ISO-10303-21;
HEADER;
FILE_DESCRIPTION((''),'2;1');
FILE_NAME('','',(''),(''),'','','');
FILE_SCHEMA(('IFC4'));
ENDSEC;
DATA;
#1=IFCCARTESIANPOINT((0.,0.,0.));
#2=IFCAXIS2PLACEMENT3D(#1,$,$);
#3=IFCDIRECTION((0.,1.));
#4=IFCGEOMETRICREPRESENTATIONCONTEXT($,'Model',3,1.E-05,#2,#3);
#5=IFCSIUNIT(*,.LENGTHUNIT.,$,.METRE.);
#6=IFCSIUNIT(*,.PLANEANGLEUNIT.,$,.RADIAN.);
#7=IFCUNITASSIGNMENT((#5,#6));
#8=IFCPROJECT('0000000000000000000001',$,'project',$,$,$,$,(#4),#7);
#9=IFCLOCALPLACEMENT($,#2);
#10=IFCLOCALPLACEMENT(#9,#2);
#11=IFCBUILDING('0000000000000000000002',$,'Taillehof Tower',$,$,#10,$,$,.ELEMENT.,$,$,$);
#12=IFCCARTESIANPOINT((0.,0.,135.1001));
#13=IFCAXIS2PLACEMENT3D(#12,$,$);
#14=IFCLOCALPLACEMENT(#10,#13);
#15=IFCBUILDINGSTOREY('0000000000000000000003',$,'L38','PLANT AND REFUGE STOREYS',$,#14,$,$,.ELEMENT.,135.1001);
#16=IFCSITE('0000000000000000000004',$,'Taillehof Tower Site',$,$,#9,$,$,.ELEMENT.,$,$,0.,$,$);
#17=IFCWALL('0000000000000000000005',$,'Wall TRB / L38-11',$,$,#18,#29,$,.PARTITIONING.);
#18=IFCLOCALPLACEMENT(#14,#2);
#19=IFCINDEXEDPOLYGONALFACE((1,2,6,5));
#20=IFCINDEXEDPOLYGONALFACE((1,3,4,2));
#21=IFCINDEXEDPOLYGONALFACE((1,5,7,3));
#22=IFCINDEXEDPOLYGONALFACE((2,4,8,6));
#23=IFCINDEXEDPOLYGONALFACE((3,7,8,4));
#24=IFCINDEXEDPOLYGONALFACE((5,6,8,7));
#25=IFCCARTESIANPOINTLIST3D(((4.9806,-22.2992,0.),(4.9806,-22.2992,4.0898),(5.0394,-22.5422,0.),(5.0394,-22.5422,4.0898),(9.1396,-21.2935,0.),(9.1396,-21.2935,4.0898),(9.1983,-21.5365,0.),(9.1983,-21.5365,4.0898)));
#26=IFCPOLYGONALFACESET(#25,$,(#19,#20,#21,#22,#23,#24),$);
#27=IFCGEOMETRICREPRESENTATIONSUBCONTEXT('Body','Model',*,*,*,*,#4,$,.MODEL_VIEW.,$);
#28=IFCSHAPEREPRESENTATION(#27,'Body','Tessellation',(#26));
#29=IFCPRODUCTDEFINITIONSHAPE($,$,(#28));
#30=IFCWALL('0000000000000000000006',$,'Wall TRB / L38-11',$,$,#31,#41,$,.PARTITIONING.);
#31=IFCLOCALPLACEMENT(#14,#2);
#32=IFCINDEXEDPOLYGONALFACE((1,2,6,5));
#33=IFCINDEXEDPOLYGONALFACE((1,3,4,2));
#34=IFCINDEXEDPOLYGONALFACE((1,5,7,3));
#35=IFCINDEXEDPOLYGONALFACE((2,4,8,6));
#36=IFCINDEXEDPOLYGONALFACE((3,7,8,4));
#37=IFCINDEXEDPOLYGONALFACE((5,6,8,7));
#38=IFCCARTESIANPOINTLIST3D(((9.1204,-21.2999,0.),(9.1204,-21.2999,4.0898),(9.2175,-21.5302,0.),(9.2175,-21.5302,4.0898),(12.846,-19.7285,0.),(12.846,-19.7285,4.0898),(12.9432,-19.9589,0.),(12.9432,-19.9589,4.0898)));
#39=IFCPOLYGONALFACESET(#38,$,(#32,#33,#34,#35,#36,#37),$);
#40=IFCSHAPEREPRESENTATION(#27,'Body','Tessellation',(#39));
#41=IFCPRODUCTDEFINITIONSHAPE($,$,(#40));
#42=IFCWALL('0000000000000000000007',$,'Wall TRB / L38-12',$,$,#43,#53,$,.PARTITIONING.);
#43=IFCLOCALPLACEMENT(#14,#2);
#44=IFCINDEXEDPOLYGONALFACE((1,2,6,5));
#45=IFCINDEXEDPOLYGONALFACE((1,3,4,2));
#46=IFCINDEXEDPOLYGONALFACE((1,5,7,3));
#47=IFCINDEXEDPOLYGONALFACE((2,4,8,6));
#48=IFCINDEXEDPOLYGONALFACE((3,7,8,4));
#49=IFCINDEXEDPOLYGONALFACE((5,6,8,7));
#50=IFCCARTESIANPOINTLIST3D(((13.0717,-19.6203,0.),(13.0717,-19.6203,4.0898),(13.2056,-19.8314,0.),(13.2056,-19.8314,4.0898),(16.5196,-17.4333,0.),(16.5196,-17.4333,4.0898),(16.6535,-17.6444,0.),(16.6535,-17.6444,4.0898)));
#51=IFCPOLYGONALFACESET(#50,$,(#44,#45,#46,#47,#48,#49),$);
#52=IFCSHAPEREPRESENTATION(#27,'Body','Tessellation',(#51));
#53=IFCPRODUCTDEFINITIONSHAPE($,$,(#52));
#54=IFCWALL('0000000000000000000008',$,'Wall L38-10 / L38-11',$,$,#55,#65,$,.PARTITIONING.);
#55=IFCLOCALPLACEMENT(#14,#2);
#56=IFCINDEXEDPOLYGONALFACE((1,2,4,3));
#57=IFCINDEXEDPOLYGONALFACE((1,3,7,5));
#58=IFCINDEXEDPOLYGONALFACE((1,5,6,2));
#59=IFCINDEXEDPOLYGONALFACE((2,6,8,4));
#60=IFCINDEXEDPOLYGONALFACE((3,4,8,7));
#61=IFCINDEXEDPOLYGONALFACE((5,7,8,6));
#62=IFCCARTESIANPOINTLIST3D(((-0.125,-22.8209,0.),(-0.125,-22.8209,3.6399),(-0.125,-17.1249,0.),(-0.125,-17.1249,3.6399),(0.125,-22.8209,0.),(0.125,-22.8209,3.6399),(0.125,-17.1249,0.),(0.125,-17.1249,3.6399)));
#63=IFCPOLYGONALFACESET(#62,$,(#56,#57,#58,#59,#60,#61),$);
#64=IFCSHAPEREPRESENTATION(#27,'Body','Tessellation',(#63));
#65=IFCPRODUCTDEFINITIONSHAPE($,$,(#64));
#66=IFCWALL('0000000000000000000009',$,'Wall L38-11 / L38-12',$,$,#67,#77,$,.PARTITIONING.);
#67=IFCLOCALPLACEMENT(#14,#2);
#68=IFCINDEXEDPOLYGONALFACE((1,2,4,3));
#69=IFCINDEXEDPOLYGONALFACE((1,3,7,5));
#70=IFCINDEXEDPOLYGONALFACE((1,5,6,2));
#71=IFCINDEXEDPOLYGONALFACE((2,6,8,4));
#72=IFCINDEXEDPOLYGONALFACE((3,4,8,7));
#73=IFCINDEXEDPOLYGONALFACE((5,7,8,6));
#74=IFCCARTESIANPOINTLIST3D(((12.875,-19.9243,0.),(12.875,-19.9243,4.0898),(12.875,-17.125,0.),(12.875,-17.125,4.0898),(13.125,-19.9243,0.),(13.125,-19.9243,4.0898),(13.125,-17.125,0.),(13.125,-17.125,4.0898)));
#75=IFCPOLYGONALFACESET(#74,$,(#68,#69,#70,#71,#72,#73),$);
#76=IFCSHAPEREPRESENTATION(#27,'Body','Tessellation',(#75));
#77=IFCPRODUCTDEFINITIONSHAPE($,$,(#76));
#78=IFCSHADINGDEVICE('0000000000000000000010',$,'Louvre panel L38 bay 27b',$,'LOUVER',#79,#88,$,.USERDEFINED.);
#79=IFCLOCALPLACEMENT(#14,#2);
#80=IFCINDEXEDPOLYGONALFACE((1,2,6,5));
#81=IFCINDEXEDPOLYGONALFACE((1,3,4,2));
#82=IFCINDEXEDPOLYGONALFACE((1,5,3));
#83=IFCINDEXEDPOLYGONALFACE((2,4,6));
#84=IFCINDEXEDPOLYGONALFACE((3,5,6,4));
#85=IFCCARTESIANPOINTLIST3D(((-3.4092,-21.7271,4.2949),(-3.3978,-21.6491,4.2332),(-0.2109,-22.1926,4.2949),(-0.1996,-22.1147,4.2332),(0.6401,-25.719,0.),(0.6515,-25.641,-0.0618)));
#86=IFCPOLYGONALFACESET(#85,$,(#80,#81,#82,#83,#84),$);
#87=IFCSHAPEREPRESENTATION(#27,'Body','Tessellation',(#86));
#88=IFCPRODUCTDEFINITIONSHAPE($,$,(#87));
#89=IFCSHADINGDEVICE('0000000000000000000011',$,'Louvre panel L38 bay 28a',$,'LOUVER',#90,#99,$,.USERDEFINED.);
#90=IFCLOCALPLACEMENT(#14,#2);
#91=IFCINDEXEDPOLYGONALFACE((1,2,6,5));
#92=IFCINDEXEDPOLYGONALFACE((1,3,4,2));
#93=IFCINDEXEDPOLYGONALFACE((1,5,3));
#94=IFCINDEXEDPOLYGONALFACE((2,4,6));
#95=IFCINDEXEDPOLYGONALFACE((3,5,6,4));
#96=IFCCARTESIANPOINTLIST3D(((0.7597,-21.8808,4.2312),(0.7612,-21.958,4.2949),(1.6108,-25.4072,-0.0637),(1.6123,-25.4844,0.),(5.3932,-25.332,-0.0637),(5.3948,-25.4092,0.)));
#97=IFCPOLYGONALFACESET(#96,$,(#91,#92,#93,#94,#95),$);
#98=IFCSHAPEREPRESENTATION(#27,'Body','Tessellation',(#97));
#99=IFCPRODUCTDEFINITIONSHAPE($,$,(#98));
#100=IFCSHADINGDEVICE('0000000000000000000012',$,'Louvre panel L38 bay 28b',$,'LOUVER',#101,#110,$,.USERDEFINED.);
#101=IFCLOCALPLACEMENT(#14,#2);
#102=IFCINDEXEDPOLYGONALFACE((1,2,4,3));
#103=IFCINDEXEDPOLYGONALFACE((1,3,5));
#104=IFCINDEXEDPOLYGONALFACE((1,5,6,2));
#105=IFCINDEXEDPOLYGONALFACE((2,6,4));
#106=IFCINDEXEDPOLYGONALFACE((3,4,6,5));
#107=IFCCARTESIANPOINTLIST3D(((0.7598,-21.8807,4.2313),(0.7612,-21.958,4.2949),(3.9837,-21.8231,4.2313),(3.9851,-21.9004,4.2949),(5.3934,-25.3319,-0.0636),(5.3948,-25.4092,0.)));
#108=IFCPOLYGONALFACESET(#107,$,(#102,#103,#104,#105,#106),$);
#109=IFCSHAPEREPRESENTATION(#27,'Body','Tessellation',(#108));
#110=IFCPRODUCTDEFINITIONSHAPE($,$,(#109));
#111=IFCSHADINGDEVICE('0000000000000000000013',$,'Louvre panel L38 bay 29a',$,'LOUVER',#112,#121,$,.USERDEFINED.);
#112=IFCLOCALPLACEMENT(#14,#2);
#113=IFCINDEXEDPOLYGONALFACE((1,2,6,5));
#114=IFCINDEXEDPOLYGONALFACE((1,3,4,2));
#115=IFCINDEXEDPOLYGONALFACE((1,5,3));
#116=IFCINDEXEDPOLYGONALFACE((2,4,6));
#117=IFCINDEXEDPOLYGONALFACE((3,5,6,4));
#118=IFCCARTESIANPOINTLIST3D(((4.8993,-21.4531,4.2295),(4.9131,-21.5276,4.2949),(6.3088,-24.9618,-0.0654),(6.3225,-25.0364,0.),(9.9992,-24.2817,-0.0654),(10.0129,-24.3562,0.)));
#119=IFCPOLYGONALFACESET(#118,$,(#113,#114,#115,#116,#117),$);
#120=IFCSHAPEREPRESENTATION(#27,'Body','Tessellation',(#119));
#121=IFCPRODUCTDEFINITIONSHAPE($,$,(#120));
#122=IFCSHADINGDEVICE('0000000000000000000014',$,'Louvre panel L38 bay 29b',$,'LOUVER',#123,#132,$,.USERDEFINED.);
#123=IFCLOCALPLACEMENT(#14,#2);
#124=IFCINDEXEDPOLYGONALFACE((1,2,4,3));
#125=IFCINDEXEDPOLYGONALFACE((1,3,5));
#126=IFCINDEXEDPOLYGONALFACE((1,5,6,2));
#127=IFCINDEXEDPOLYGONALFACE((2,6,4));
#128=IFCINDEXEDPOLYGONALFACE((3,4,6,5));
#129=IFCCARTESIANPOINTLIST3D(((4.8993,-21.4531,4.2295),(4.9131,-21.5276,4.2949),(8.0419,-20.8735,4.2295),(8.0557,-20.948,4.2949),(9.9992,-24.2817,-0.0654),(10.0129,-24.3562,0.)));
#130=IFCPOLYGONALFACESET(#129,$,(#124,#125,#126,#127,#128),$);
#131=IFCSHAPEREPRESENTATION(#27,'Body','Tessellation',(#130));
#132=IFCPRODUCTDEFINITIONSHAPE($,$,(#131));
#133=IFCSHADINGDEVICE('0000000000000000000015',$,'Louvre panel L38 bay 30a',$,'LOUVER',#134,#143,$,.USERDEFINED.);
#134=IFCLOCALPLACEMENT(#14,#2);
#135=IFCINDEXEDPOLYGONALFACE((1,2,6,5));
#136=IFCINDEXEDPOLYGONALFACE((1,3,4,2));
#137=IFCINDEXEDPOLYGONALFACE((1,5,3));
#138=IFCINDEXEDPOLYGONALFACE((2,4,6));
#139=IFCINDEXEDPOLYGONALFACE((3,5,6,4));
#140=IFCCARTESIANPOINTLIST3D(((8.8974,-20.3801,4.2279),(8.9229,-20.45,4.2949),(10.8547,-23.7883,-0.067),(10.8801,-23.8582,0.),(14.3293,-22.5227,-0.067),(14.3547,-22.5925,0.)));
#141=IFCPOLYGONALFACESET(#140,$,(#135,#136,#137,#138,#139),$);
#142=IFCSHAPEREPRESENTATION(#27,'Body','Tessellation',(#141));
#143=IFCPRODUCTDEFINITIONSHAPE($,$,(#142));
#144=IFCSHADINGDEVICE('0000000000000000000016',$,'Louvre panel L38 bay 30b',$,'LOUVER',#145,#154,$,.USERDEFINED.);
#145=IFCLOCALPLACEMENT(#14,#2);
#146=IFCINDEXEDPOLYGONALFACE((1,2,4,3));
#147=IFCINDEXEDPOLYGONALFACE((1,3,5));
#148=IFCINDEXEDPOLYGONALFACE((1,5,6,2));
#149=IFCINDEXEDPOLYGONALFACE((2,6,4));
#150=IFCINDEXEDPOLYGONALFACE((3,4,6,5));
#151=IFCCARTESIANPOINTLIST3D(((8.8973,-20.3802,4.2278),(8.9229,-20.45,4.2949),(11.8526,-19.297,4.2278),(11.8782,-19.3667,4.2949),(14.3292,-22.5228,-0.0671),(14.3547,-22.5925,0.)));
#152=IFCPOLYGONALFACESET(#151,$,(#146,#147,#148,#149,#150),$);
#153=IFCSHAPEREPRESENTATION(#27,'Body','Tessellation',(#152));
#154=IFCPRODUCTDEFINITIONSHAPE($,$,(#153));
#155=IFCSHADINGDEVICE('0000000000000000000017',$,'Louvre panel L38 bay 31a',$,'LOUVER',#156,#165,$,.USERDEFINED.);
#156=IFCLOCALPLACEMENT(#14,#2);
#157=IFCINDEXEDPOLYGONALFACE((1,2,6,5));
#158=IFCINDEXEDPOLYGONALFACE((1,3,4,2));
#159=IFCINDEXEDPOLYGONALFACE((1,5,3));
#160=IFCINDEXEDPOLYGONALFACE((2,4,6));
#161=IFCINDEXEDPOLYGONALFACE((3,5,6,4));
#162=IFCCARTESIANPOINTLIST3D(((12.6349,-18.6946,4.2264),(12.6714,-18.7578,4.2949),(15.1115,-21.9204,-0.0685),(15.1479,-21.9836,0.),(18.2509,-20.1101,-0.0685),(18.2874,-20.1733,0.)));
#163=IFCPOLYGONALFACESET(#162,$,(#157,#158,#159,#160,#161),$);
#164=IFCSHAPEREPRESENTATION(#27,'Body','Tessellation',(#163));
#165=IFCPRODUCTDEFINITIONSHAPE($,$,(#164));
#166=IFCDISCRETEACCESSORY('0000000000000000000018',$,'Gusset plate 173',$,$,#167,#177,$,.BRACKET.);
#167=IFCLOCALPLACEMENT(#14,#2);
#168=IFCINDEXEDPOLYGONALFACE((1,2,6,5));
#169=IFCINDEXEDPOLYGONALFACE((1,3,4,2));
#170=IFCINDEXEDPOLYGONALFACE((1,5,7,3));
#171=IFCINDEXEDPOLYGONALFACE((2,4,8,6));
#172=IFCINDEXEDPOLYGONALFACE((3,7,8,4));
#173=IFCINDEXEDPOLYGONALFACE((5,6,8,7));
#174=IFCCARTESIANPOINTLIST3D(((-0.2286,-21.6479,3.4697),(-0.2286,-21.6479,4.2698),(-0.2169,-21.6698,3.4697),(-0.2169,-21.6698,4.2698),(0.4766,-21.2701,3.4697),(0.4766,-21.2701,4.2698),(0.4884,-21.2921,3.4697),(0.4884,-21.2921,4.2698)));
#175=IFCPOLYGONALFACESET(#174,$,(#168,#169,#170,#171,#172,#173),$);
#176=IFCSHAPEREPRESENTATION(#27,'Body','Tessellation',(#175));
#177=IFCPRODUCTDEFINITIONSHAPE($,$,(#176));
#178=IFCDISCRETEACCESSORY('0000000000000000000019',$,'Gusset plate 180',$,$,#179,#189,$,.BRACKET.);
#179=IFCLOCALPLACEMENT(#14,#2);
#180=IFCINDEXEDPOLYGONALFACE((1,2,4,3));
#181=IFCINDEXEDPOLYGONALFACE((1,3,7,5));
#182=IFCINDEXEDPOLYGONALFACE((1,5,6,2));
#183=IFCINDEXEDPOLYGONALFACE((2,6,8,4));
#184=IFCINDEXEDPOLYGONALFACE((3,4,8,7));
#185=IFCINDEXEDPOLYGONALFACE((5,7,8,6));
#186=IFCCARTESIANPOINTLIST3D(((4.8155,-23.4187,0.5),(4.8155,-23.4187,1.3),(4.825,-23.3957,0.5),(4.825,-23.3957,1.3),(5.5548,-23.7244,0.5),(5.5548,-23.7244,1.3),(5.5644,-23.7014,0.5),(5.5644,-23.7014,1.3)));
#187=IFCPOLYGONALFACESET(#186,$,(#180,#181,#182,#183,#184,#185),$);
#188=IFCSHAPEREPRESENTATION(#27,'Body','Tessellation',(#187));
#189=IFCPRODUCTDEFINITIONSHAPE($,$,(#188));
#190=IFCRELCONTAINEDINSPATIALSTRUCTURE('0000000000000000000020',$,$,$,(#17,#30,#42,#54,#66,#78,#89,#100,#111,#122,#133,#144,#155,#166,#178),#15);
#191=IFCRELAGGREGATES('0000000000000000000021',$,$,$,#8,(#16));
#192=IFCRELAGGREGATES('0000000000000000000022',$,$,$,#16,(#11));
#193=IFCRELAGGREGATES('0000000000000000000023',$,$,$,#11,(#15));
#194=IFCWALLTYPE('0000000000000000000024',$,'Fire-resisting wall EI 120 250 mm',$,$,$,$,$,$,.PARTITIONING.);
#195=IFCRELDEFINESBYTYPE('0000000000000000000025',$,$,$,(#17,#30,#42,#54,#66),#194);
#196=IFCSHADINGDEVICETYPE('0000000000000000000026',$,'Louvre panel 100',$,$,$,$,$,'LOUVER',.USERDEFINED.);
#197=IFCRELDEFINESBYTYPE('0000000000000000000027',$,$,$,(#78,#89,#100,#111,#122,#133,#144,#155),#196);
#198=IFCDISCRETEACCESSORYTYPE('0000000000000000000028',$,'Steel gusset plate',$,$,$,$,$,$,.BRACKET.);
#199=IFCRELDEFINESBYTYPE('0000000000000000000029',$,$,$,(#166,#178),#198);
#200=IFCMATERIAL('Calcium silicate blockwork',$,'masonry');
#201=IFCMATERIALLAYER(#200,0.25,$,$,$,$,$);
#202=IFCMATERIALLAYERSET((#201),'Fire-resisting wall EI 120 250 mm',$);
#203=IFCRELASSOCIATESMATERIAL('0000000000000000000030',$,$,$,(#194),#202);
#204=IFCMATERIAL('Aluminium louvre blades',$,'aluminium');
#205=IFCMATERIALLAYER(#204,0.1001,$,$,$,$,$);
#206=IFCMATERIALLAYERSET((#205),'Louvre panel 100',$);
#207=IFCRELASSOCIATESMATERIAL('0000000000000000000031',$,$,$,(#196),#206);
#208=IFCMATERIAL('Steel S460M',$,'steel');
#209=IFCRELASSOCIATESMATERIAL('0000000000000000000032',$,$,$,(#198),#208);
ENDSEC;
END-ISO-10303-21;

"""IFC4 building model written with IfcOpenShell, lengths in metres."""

from ifc_helpers import new_model, si_unit, direction, frame, frame_2d, origin, origin_2d, place, context, subcontext, project, spatial, polyline, rectangle, outline, extrude, material, layer, layer_set, type_object, element, save


model = new_model("IFC4")

# Units and contexts
model_context = context("Model", 3, precision=1e-05, world=origin(), true_north=direction((0.0, 1.0)))
body_context = subcontext(model_context, "Body", "Model", "MODEL_VIEW")
ifc_project = project(units=[si_unit("LENGTHUNIT", "METRE"), si_unit("PLANEANGLEUNIT", "RADIAN")], contexts=[model_context])

# Site, building, storey
site_placement = place(None, origin())
site = spatial("IfcSite", under=ifc_project, at=site_placement, Name="Taillehof Tower Site", CompositionType="ELEMENT", RefElevation=0.0)
building_placement = place(site_placement, origin())
building = spatial("IfcBuilding", under=site, at=building_placement, Name="Taillehof Tower", CompositionType="ELEMENT")
storey_placement = place(building_placement, frame((0.0, 0.0, 135.1001)))
storey = spatial("IfcBuildingStorey", under=building, at=storey_placement, Name="L38", Description="PLANT AND REFUGE STOREYS", CompositionType="ELEMENT", Elevation=135.1001)

# Walls
ifc_material_1 = material(Name="Calcium silicate blockwork", Category="masonry")
ifc_layer_1 = layer(ifc_material_1, 0.25)
ifc_layer_set_1 = layer_set([ifc_layer_1], Name="Fire-resisting wall EI 120 250 mm")
wall_type = type_object("IfcWallType", Name="Fire-resisting wall EI 120 250 mm", PredefinedType="PARTITIONING", material=ifc_layer_set_1)
wall_1_placement = place(storey_placement, frame((5.01, -22.4207, 0.0), z_axis=(0.0, 0.0, 1.0), x_axis=(0.97199, 0.235024, 0.0)))
element("IfcWall", 1, at=wall_1_placement, inside=storey, type_object=wall_type, Name="Wall TRB / L38-11", PredefinedType="PARTITIONING", context=body_context, shape_type="SweptSolid", body=[
    extrude(rectangle(XDim=4.2788, YDim=0.25, at=frame_2d((2.1394, 0.0))), origin(), (0.0, 0.0, 1.0), 4.0898),
])
wall_2_placement = place(storey_placement, frame((9.1689, -21.415, 0.0), z_axis=(0.0, 0.0, 1.0), x_axis=(0.921403, 0.388608, 0.0)))
element("IfcWall", 2, at=wall_2_placement, inside=storey, type_object=wall_type, Name="Wall TRB / L38-11", PredefinedType="PARTITIONING", context=body_context, shape_type="SweptSolid", body=[
    extrude(rectangle(XDim=4.0435, YDim=0.25, at=frame_2d((2.0217, 0.0))), origin(), (0.0, 0.0, 1.0), 4.0898),
])
wall_3_placement = place(storey_placement, frame((13.1387, -19.7258, 0.0), z_axis=(0.0, 0.0, 1.0), x_axis=(0.844456, 0.535625, 0.0)))
element("IfcWall", 3, at=wall_3_placement, inside=storey, type_object=wall_type, Name="Wall TRB / L38-12", PredefinedType="PARTITIONING", context=body_context, shape_type="SweptSolid", body=[
    extrude(rectangle(XDim=4.083, YDim=0.25, at=frame_2d((2.0415, 0.0))), origin(), (0.0, 0.0, 1.0), 4.0898),
])
wall_4_placement = place(storey_placement, frame((0.0, -22.821, 0.0), z_axis=(0.0, 0.0, 1.0), x_axis=(0.0, 1.0, 0.0)))
element("IfcWall", 4, at=wall_4_placement, inside=storey, type_object=wall_type, Name="Wall L38-10 / L38-11", PredefinedType="PARTITIONING", context=body_context, shape_type="SweptSolid", body=[
    extrude(rectangle(XDim=5.696, YDim=0.25, at=frame_2d((2.8481, 0.0))), origin(), (0.0, 0.0, 1.0), 3.6399),
])
wall_5_placement = place(storey_placement, frame((13.0, -19.9243, 0.0), z_axis=(0.0, 0.0, 1.0), x_axis=(0.0, 1.0, 0.0)))
element("IfcWall", 5, at=wall_5_placement, inside=storey, type_object=wall_type, Name="Wall L38-11 / L38-12", PredefinedType="PARTITIONING", context=body_context, shape_type="SweptSolid", body=[
    extrude(rectangle(XDim=2.7993, YDim=0.25, at=frame_2d((1.3997, 0.0))), origin(), (0.0, 0.0, 1.0), 4.0898),
])

# Shading devices
ifc_material_2 = material(Name="Aluminium louvre blades", Category="aluminium")
ifc_layer_2 = layer(ifc_material_2, 0.1001)
ifc_layer_set_2 = layer_set([ifc_layer_2], Name="Louvre panel 100")
shading_device_type = type_object("IfcShadingDeviceType", Name="Louvre panel 100", ElementType="LOUVER", PredefinedType="USERDEFINED", material=ifc_layer_set_2)
shading_device_1_placement = place(storey_placement, frame((0.6401, -25.719, 0.0), z_axis=(-0.11337, -0.778786, 0.616961), x_axis=(-0.151385, 0.627254, 0.76396)))
element("IfcShadingDevice", 6, at=shading_device_1_placement, inside=storey, type_object=shading_device_type, Name="Louvre panel L38 bay 27b", ObjectType="LOUVER", PredefinedType="USERDEFINED", context=body_context, shape_type="SweptSolid", body=[
    extrude(outline(polyline([(0.0, 0.0), (5.6219, 0.0), (6.3981, 3.1374), (0.0, 0.0)])), origin(), (0.0, 0.0, -1.0), 0.1001),
])
shading_device_2_placement = place(storey_placement, frame((1.6123, -25.4844, 0.0), z_axis=(0.015333, -0.771285, 0.636306), x_axis=(0.999802, 0.019876, 0.0)))
element("IfcShadingDevice", 7, at=shading_device_2_placement, inside=storey, type_object=shading_device_type, Name="Louvre panel L38 bay 28a", ObjectType="LOUVER", PredefinedType="USERDEFINED", context=body_context, shape_type="SweptSolid", body=[
    extrude(outline(polyline([(0.0, 0.0), (3.7832, 0.0), (-0.7808, 5.5674), (0.0, 0.0)])), origin(), (0.0, 0.0, -1.0), 0.1001),
])
shading_device_3_placement = place(storey_placement, frame((5.3948, -25.4092, 0.0), z_axis=(0.013799, -0.772122, 0.635324), x_axis=(-0.246345, 0.613174, 0.750554)))
element("IfcShadingDevice", 8, at=shading_device_3_placement, inside=storey, type_object=shading_device_type, Name="Louvre panel L38 bay 28b", ObjectType="LOUVER", PredefinedType="USERDEFINED", context=body_context, shape_type="SweptSolid", body=[
    extrude(outline(polyline([(0.0, 0.0), (5.7223, 0.0), (6.4812, 3.1338), (0.0, 0.0)])), origin(), (0.0, 0.0, -1.0), 0.1001),
])
shading_device_4_placement = place(storey_placement, frame((6.3225, -25.0364, 0.0), z_axis=(0.137227, -0.744554, 0.653305), x_axis=(0.983436, 0.181255, 0.0)))
element("IfcShadingDevice", 9, at=shading_device_4_placement, inside=storey, type_object=shading_device_type, Name="Louvre panel L38 bay 29a", ObjectType="LOUVER", PredefinedType="USERDEFINED", context=body_context, shape_type="SweptSolid", body=[
    extrude(outline(polyline([(0.0, 0.0), (3.7526, 0.0), (-0.7501, 5.6729), (0.0, 0.0)])), origin(), (0.0, 0.0, -1.0), 0.1001),
])
shading_device_5_placement = place(storey_placement, frame((10.0129, -24.3562, 0.0), z_axis=(0.137308, -0.744492, 0.653359), x_axis=(-0.336199, 0.585423, 0.737733)))
element("IfcShadingDevice", 10, at=shading_device_5_placement, inside=storey, type_object=shading_device_type, Name="Louvre panel L38 bay 29b", ObjectType="LOUVER", PredefinedType="USERDEFINED", context=body_context, shape_type="SweptSolid", body=[
    extrude(outline(polyline([(0.0, 0.0), (5.8218, 0.0), (6.539, 3.1141), (0.0, 0.0)])), origin(), (0.0, 0.0, -1.0), 0.1001),
])
shading_device_6_placement = place(storey_placement, frame((10.8801, -23.8582, 0.0), z_axis=(0.254193, -0.697853, 0.669617), x_axis=(0.939608, 0.342252, 0.0)))
element("IfcShadingDevice", 11, at=shading_device_6_placement, inside=storey, type_object=shading_device_type, Name="Louvre panel L38 bay 30a", ObjectType="LOUVER", PredefinedType="USERDEFINED", context=body_context, shape_type="SweptSolid", body=[
    extrude(outline(polyline([(0.0, 0.0), (3.6979, 0.0), (-0.6726, 5.7828), (0.0, 0.0)])), origin(), (0.0, 0.0, -1.0), 0.1001),
])
shading_device_7_placement = place(storey_placement, frame((14.3547, -22.5925, 0.0), z_axis=(0.255343, -0.696625, 0.670458), x_axis=(-0.418701, 0.545376, 0.726123)))
element("IfcShadingDevice", 12, at=shading_device_7_placement, inside=storey, type_object=shading_device_type, Name="Louvre panel L38 bay 30b", ObjectType="LOUVER", PredefinedType="USERDEFINED", context=body_context, shape_type="SweptSolid", body=[
    extrude(outline(polyline([(0.0, 0.0), (5.9149, 0.0), (6.5615, 3.0805), (0.0, 0.0)])), origin(), (0.0, 0.0, -1.0), 0.1001),
])
shading_device_8_placement = place(storey_placement, frame((15.1479, -21.9836, 0.0), z_axis=(0.364213, -0.631614, 0.684407), x_axis=(0.866292, 0.499538, 0.0)))
element("IfcShadingDevice", 13, at=shading_device_8_placement, inside=storey, type_object=shading_device_type, Name="Louvre panel L38 bay 31a", ObjectType="LOUVER", PredefinedType="USERDEFINED", context=body_context, shape_type="SweptSolid", body=[
    extrude(outline(polyline([(0.0, 0.0), (3.624, 0.0), (-0.534, 5.8907), (0.0, 0.0)])), origin(), (0.0, 0.0, -1.0), 0.1001),
])

# Discrete accessories
ifc_material_3 = material(Name="Steel S460M", Category="steel")
discrete_accessory_type = type_object("IfcDiscreteAccessoryType", Name="Steel gusset plate", PredefinedType="BRACKET", material=ifc_material_3)
for number, where, z_axis, x_axis, name in (
    (14, (0.1299, -21.47, 3.4697), (0.0, 0.0, 1.0), (0.881533, 0.472123, 0.0), "Gusset plate 173"),
    (15, (5.1899, -23.5601, 0.5), (0.0, 0.0, 1.0), (0.924094, -0.382164, 0.0), "Gusset plate 180"),
):
    element("IfcDiscreteAccessory", number, at=place(storey_placement, frame(where, z_axis=z_axis, x_axis=x_axis)), inside=storey, type_object=discrete_accessory_type, Name=name, PredefinedType="BRACKET", context=body_context, shape_type="SweptSolid", body=[
        extrude(rectangle(XDim=0.8, YDim=0.0249, at=origin_2d()), origin(), (0.0, 0.0, 1.0), 0.8),
    ])

save(model, "model.ifc")
